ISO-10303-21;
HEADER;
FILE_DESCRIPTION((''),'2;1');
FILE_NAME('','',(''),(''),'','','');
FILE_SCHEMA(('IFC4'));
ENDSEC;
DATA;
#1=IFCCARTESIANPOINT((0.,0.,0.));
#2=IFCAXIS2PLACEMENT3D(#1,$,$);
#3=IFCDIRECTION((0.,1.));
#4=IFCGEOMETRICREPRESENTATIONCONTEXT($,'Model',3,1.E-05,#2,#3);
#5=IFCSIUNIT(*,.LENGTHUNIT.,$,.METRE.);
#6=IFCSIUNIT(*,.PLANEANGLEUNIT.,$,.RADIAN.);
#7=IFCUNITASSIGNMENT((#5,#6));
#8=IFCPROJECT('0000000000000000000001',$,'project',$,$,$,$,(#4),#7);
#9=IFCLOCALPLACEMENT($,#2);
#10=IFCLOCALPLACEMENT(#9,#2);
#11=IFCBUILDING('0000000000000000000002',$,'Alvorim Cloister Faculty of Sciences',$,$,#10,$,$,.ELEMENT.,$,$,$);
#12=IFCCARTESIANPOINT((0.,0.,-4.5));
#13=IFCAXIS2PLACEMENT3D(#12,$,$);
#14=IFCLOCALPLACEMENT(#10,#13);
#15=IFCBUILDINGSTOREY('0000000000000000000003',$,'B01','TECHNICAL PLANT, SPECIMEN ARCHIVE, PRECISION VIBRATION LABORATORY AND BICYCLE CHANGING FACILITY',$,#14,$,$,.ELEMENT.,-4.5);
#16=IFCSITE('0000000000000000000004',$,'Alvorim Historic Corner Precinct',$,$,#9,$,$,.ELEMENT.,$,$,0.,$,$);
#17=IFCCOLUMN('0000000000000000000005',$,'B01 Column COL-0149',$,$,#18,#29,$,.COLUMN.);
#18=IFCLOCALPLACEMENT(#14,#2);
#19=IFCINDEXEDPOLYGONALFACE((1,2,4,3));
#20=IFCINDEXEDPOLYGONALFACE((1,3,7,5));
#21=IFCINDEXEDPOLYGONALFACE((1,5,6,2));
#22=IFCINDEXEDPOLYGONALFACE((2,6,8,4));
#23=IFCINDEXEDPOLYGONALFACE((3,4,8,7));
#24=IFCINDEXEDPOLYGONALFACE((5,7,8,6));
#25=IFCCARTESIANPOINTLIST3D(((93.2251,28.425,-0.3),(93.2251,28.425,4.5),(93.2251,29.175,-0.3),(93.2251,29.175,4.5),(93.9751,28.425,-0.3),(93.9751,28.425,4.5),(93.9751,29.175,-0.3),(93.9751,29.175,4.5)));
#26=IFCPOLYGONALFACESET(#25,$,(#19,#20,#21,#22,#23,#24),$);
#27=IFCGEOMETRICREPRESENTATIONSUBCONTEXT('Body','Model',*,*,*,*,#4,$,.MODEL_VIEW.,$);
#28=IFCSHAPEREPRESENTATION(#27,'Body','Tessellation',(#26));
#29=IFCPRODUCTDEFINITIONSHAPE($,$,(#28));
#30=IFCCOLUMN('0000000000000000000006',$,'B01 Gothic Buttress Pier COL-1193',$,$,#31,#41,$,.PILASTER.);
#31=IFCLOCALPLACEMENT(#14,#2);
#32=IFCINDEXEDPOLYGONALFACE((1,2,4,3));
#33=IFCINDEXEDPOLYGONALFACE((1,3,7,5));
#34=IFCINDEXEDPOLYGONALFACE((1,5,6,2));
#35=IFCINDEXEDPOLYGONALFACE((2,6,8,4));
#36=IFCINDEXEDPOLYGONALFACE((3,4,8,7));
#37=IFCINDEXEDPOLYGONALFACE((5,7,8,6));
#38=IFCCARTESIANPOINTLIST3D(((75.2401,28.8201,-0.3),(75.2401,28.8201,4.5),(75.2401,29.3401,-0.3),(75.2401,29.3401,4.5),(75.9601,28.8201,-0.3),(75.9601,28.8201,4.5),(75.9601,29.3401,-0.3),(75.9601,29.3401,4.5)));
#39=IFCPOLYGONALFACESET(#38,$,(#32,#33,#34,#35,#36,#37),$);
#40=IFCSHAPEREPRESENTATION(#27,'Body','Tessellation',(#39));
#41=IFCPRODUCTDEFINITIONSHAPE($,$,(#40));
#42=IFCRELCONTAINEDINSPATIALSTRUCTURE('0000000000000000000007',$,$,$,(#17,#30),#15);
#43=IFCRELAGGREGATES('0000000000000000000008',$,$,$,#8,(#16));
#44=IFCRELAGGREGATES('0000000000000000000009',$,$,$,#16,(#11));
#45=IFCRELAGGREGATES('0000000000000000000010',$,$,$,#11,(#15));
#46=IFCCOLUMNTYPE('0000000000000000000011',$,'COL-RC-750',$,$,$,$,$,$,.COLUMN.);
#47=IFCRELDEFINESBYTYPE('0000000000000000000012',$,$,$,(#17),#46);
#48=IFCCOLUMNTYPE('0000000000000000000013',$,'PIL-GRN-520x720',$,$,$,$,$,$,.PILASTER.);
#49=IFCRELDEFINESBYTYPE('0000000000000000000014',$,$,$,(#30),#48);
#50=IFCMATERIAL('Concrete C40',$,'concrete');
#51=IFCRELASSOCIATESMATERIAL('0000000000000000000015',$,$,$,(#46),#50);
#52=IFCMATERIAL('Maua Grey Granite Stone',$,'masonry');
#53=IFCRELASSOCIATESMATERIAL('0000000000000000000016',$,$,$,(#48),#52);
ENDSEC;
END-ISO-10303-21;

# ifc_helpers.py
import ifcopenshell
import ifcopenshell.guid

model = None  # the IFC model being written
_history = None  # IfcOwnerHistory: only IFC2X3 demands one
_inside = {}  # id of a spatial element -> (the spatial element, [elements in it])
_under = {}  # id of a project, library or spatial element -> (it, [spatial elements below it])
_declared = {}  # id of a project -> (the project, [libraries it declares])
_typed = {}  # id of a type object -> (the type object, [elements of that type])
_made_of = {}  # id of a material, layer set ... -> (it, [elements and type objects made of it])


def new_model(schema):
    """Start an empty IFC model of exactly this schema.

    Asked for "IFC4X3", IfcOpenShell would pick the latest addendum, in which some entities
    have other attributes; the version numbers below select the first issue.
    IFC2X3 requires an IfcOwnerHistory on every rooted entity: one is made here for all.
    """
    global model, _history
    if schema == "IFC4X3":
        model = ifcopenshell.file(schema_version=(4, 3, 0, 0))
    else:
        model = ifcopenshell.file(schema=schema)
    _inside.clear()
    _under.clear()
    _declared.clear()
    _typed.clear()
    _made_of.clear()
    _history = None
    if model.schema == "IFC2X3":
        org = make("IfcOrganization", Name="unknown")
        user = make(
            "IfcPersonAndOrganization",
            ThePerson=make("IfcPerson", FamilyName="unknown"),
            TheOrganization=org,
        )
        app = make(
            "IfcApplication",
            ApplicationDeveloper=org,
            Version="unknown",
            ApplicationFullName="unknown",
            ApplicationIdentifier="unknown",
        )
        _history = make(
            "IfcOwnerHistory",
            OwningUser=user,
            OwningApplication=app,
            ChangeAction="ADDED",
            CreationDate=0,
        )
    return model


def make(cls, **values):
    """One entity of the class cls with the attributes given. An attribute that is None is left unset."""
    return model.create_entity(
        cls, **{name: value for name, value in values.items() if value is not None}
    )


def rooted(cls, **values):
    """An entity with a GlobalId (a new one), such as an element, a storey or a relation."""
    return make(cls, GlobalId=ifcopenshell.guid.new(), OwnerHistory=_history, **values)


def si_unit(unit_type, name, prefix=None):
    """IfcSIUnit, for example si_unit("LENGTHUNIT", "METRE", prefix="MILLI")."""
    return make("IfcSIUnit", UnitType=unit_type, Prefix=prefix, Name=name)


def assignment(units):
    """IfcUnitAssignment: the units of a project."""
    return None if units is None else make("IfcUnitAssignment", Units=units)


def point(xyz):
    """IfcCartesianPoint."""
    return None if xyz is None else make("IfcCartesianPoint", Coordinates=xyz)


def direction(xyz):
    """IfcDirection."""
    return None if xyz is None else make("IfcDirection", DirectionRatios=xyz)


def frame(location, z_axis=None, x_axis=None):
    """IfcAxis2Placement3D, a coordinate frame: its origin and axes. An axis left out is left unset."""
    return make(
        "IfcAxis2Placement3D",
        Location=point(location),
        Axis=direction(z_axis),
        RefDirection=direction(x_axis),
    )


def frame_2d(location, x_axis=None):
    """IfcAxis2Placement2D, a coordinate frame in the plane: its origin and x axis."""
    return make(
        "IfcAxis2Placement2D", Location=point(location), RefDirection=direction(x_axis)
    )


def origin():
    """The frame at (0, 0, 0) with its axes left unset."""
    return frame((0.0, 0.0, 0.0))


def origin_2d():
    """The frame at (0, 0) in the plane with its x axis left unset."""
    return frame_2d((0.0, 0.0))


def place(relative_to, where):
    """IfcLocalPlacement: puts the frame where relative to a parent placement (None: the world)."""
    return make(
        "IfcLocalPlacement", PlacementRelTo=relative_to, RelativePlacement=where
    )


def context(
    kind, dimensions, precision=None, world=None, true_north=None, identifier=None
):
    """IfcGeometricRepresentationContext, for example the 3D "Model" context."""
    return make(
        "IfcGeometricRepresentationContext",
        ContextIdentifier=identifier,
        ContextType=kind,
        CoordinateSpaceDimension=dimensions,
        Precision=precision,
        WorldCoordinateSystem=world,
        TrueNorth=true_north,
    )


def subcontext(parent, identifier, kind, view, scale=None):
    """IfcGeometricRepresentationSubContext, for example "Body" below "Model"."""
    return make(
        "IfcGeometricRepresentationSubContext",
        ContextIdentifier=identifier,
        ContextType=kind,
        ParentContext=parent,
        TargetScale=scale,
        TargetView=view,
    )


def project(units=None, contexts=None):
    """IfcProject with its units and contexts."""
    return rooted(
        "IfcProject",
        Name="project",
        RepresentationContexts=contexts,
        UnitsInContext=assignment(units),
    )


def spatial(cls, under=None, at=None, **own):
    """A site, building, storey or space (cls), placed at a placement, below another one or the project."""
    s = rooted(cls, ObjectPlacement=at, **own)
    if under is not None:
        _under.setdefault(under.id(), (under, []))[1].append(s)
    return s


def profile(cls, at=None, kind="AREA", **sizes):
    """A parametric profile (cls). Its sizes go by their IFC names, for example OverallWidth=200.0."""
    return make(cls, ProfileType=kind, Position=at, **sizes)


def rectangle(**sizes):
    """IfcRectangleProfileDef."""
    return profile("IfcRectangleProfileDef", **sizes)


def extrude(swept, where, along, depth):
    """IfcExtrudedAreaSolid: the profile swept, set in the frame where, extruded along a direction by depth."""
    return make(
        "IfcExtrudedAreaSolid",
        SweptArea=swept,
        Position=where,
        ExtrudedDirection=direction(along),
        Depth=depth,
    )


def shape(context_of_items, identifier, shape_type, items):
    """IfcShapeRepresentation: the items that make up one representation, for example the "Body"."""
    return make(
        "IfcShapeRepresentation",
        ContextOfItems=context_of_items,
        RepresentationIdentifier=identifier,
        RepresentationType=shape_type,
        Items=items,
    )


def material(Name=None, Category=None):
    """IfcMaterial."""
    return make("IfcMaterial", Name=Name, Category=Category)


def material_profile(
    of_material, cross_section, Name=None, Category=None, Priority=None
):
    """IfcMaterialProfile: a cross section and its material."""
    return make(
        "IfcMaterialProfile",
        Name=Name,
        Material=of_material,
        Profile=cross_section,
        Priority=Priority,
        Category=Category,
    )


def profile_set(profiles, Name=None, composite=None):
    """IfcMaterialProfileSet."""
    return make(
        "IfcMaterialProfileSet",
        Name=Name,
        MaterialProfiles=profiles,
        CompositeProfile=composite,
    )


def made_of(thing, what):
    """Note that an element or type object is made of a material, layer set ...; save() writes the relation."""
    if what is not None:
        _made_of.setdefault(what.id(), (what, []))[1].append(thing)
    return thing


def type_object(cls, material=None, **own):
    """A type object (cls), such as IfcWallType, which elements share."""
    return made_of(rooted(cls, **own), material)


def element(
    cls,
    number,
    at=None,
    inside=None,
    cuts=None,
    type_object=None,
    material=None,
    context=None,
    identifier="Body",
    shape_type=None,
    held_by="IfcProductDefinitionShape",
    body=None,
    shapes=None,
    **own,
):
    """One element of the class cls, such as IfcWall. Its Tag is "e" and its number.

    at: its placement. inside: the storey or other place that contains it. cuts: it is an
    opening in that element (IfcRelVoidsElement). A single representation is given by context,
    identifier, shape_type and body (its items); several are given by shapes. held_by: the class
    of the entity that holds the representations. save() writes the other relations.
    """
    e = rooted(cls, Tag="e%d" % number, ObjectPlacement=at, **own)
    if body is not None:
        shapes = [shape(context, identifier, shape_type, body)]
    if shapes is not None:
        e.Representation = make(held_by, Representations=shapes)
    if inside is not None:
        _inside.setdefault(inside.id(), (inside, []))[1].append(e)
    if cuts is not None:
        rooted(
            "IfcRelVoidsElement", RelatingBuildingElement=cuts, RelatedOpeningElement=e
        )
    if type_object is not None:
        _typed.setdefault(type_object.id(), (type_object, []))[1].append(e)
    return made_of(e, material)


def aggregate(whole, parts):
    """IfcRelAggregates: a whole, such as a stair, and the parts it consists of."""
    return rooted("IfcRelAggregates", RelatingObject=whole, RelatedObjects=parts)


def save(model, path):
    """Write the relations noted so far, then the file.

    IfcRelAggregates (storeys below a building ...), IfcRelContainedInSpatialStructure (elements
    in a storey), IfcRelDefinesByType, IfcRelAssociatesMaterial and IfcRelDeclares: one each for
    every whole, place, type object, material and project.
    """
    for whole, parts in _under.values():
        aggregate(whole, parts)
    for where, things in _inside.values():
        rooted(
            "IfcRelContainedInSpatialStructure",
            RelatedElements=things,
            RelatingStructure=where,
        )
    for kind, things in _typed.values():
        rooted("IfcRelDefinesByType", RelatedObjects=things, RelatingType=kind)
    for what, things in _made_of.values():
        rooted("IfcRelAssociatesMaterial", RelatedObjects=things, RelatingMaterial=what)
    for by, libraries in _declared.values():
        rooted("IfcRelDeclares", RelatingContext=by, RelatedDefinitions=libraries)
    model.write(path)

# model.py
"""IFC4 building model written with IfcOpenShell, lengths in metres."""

from ifc_helpers import new_model, si_unit, direction, frame, origin, origin_2d, place, context, subcontext, project, spatial, rectangle, extrude, material, material_profile, profile_set, type_object, element, save


model = new_model("IFC4")

# Units and contexts
model_context = context("Model", 3, precision=1e-05, world=origin(), true_north=direction((0.0, 1.0)))
body_context = subcontext(model_context, "Body", "Model", "MODEL_VIEW")
ifc_project = project(units=[si_unit("LENGTHUNIT", "METRE"), si_unit("PLANEANGLEUNIT", "RADIAN")], contexts=[model_context])

# Site, building, storey
site_placement = place(None, origin())
site = spatial("IfcSite", under=ifc_project, at=site_placement, Name="Alvorim Historic Corner Precinct", CompositionType="ELEMENT", RefElevation=0.0)
building_placement = place(site_placement, origin())
building = spatial("IfcBuilding", under=site, at=building_placement, Name="Alvorim Cloister Faculty of Sciences", CompositionType="ELEMENT")
storey_placement = place(building_placement, frame((0.0, 0.0, -4.5)))
storey = spatial("IfcBuildingStorey", under=building, at=storey_placement, Name="B01", Description="TECHNICAL PLANT, SPECIMEN ARCHIVE, PRECISION VIBRATION LABORATORY AND BICYCLE CHANGING FACILITY", CompositionType="ELEMENT", Elevation=-4.5)

# Shared definitions
ifc_material_1 = material(Name="Concrete C40", Category="concrete")

# Columns
ifc_material_profile_1 = material_profile(ifc_material_1, rectangle(XDim=0.75, YDim=0.75, at=origin_2d()), Name="RC40-COL-750x750")
ifc_profile_set_1 = profile_set([ifc_material_profile_1], Name="Concrete C40")
column_type_1 = type_object("IfcColumnType", Name="COL-RC-750", PredefinedType="COLUMN", material=ifc_profile_set_1)
for number, where, z_axis, x_axis, name in (
    (1, (93.6001, 28.8, -0.3), (0.0, 0.0, 1.0), (1.0, 0.0, 0.0), "B01 Column COL-0149"),
):
    element("IfcColumn", number, at=place(storey_placement, frame(where, z_axis=z_axis, x_axis=x_axis)), inside=storey, type_object=column_type_1, Name=name, PredefinedType="COLUMN", context=body_context, shape_type="SweptSolid", body=[
        extrude(rectangle(XDim=0.75, YDim=0.75, at=origin_2d()), origin(), (0.0, 0.0, 1.0), 4.8),
    ])
ifc_material_2 = material(Name="Maua Grey Granite Stone", Category="masonry")
ifc_material_profile_2 = material_profile(ifc_material_2, rectangle(XDim=0.52, YDim=0.72, at=origin_2d()), Name="GRN-PIER-520x720")
ifc_profile_set_2 = profile_set([ifc_material_profile_2], Name="Maua Grey Granite Stone")
column_type_2 = type_object("IfcColumnType", Name="PIL-GRN-520x720", PredefinedType="PILASTER", material=ifc_profile_set_2)
column_placement = place(storey_placement, frame((75.6001, 29.0801, -0.3), z_axis=(0.0, 0.0, 1.0), x_axis=(0.0, 1.0, 0.0)))
element("IfcColumn", 2, at=column_placement, inside=storey, type_object=column_type_2, Name="B01 Gothic Buttress Pier COL-1193", PredefinedType="PILASTER", context=body_context, shape_type="SweptSolid", body=[
    extrude(rectangle(XDim=0.52, YDim=0.72, at=origin_2d()), origin(), (0.0, 0.0, 1.0), 4.8),
])

save(model, "model.ifc")
